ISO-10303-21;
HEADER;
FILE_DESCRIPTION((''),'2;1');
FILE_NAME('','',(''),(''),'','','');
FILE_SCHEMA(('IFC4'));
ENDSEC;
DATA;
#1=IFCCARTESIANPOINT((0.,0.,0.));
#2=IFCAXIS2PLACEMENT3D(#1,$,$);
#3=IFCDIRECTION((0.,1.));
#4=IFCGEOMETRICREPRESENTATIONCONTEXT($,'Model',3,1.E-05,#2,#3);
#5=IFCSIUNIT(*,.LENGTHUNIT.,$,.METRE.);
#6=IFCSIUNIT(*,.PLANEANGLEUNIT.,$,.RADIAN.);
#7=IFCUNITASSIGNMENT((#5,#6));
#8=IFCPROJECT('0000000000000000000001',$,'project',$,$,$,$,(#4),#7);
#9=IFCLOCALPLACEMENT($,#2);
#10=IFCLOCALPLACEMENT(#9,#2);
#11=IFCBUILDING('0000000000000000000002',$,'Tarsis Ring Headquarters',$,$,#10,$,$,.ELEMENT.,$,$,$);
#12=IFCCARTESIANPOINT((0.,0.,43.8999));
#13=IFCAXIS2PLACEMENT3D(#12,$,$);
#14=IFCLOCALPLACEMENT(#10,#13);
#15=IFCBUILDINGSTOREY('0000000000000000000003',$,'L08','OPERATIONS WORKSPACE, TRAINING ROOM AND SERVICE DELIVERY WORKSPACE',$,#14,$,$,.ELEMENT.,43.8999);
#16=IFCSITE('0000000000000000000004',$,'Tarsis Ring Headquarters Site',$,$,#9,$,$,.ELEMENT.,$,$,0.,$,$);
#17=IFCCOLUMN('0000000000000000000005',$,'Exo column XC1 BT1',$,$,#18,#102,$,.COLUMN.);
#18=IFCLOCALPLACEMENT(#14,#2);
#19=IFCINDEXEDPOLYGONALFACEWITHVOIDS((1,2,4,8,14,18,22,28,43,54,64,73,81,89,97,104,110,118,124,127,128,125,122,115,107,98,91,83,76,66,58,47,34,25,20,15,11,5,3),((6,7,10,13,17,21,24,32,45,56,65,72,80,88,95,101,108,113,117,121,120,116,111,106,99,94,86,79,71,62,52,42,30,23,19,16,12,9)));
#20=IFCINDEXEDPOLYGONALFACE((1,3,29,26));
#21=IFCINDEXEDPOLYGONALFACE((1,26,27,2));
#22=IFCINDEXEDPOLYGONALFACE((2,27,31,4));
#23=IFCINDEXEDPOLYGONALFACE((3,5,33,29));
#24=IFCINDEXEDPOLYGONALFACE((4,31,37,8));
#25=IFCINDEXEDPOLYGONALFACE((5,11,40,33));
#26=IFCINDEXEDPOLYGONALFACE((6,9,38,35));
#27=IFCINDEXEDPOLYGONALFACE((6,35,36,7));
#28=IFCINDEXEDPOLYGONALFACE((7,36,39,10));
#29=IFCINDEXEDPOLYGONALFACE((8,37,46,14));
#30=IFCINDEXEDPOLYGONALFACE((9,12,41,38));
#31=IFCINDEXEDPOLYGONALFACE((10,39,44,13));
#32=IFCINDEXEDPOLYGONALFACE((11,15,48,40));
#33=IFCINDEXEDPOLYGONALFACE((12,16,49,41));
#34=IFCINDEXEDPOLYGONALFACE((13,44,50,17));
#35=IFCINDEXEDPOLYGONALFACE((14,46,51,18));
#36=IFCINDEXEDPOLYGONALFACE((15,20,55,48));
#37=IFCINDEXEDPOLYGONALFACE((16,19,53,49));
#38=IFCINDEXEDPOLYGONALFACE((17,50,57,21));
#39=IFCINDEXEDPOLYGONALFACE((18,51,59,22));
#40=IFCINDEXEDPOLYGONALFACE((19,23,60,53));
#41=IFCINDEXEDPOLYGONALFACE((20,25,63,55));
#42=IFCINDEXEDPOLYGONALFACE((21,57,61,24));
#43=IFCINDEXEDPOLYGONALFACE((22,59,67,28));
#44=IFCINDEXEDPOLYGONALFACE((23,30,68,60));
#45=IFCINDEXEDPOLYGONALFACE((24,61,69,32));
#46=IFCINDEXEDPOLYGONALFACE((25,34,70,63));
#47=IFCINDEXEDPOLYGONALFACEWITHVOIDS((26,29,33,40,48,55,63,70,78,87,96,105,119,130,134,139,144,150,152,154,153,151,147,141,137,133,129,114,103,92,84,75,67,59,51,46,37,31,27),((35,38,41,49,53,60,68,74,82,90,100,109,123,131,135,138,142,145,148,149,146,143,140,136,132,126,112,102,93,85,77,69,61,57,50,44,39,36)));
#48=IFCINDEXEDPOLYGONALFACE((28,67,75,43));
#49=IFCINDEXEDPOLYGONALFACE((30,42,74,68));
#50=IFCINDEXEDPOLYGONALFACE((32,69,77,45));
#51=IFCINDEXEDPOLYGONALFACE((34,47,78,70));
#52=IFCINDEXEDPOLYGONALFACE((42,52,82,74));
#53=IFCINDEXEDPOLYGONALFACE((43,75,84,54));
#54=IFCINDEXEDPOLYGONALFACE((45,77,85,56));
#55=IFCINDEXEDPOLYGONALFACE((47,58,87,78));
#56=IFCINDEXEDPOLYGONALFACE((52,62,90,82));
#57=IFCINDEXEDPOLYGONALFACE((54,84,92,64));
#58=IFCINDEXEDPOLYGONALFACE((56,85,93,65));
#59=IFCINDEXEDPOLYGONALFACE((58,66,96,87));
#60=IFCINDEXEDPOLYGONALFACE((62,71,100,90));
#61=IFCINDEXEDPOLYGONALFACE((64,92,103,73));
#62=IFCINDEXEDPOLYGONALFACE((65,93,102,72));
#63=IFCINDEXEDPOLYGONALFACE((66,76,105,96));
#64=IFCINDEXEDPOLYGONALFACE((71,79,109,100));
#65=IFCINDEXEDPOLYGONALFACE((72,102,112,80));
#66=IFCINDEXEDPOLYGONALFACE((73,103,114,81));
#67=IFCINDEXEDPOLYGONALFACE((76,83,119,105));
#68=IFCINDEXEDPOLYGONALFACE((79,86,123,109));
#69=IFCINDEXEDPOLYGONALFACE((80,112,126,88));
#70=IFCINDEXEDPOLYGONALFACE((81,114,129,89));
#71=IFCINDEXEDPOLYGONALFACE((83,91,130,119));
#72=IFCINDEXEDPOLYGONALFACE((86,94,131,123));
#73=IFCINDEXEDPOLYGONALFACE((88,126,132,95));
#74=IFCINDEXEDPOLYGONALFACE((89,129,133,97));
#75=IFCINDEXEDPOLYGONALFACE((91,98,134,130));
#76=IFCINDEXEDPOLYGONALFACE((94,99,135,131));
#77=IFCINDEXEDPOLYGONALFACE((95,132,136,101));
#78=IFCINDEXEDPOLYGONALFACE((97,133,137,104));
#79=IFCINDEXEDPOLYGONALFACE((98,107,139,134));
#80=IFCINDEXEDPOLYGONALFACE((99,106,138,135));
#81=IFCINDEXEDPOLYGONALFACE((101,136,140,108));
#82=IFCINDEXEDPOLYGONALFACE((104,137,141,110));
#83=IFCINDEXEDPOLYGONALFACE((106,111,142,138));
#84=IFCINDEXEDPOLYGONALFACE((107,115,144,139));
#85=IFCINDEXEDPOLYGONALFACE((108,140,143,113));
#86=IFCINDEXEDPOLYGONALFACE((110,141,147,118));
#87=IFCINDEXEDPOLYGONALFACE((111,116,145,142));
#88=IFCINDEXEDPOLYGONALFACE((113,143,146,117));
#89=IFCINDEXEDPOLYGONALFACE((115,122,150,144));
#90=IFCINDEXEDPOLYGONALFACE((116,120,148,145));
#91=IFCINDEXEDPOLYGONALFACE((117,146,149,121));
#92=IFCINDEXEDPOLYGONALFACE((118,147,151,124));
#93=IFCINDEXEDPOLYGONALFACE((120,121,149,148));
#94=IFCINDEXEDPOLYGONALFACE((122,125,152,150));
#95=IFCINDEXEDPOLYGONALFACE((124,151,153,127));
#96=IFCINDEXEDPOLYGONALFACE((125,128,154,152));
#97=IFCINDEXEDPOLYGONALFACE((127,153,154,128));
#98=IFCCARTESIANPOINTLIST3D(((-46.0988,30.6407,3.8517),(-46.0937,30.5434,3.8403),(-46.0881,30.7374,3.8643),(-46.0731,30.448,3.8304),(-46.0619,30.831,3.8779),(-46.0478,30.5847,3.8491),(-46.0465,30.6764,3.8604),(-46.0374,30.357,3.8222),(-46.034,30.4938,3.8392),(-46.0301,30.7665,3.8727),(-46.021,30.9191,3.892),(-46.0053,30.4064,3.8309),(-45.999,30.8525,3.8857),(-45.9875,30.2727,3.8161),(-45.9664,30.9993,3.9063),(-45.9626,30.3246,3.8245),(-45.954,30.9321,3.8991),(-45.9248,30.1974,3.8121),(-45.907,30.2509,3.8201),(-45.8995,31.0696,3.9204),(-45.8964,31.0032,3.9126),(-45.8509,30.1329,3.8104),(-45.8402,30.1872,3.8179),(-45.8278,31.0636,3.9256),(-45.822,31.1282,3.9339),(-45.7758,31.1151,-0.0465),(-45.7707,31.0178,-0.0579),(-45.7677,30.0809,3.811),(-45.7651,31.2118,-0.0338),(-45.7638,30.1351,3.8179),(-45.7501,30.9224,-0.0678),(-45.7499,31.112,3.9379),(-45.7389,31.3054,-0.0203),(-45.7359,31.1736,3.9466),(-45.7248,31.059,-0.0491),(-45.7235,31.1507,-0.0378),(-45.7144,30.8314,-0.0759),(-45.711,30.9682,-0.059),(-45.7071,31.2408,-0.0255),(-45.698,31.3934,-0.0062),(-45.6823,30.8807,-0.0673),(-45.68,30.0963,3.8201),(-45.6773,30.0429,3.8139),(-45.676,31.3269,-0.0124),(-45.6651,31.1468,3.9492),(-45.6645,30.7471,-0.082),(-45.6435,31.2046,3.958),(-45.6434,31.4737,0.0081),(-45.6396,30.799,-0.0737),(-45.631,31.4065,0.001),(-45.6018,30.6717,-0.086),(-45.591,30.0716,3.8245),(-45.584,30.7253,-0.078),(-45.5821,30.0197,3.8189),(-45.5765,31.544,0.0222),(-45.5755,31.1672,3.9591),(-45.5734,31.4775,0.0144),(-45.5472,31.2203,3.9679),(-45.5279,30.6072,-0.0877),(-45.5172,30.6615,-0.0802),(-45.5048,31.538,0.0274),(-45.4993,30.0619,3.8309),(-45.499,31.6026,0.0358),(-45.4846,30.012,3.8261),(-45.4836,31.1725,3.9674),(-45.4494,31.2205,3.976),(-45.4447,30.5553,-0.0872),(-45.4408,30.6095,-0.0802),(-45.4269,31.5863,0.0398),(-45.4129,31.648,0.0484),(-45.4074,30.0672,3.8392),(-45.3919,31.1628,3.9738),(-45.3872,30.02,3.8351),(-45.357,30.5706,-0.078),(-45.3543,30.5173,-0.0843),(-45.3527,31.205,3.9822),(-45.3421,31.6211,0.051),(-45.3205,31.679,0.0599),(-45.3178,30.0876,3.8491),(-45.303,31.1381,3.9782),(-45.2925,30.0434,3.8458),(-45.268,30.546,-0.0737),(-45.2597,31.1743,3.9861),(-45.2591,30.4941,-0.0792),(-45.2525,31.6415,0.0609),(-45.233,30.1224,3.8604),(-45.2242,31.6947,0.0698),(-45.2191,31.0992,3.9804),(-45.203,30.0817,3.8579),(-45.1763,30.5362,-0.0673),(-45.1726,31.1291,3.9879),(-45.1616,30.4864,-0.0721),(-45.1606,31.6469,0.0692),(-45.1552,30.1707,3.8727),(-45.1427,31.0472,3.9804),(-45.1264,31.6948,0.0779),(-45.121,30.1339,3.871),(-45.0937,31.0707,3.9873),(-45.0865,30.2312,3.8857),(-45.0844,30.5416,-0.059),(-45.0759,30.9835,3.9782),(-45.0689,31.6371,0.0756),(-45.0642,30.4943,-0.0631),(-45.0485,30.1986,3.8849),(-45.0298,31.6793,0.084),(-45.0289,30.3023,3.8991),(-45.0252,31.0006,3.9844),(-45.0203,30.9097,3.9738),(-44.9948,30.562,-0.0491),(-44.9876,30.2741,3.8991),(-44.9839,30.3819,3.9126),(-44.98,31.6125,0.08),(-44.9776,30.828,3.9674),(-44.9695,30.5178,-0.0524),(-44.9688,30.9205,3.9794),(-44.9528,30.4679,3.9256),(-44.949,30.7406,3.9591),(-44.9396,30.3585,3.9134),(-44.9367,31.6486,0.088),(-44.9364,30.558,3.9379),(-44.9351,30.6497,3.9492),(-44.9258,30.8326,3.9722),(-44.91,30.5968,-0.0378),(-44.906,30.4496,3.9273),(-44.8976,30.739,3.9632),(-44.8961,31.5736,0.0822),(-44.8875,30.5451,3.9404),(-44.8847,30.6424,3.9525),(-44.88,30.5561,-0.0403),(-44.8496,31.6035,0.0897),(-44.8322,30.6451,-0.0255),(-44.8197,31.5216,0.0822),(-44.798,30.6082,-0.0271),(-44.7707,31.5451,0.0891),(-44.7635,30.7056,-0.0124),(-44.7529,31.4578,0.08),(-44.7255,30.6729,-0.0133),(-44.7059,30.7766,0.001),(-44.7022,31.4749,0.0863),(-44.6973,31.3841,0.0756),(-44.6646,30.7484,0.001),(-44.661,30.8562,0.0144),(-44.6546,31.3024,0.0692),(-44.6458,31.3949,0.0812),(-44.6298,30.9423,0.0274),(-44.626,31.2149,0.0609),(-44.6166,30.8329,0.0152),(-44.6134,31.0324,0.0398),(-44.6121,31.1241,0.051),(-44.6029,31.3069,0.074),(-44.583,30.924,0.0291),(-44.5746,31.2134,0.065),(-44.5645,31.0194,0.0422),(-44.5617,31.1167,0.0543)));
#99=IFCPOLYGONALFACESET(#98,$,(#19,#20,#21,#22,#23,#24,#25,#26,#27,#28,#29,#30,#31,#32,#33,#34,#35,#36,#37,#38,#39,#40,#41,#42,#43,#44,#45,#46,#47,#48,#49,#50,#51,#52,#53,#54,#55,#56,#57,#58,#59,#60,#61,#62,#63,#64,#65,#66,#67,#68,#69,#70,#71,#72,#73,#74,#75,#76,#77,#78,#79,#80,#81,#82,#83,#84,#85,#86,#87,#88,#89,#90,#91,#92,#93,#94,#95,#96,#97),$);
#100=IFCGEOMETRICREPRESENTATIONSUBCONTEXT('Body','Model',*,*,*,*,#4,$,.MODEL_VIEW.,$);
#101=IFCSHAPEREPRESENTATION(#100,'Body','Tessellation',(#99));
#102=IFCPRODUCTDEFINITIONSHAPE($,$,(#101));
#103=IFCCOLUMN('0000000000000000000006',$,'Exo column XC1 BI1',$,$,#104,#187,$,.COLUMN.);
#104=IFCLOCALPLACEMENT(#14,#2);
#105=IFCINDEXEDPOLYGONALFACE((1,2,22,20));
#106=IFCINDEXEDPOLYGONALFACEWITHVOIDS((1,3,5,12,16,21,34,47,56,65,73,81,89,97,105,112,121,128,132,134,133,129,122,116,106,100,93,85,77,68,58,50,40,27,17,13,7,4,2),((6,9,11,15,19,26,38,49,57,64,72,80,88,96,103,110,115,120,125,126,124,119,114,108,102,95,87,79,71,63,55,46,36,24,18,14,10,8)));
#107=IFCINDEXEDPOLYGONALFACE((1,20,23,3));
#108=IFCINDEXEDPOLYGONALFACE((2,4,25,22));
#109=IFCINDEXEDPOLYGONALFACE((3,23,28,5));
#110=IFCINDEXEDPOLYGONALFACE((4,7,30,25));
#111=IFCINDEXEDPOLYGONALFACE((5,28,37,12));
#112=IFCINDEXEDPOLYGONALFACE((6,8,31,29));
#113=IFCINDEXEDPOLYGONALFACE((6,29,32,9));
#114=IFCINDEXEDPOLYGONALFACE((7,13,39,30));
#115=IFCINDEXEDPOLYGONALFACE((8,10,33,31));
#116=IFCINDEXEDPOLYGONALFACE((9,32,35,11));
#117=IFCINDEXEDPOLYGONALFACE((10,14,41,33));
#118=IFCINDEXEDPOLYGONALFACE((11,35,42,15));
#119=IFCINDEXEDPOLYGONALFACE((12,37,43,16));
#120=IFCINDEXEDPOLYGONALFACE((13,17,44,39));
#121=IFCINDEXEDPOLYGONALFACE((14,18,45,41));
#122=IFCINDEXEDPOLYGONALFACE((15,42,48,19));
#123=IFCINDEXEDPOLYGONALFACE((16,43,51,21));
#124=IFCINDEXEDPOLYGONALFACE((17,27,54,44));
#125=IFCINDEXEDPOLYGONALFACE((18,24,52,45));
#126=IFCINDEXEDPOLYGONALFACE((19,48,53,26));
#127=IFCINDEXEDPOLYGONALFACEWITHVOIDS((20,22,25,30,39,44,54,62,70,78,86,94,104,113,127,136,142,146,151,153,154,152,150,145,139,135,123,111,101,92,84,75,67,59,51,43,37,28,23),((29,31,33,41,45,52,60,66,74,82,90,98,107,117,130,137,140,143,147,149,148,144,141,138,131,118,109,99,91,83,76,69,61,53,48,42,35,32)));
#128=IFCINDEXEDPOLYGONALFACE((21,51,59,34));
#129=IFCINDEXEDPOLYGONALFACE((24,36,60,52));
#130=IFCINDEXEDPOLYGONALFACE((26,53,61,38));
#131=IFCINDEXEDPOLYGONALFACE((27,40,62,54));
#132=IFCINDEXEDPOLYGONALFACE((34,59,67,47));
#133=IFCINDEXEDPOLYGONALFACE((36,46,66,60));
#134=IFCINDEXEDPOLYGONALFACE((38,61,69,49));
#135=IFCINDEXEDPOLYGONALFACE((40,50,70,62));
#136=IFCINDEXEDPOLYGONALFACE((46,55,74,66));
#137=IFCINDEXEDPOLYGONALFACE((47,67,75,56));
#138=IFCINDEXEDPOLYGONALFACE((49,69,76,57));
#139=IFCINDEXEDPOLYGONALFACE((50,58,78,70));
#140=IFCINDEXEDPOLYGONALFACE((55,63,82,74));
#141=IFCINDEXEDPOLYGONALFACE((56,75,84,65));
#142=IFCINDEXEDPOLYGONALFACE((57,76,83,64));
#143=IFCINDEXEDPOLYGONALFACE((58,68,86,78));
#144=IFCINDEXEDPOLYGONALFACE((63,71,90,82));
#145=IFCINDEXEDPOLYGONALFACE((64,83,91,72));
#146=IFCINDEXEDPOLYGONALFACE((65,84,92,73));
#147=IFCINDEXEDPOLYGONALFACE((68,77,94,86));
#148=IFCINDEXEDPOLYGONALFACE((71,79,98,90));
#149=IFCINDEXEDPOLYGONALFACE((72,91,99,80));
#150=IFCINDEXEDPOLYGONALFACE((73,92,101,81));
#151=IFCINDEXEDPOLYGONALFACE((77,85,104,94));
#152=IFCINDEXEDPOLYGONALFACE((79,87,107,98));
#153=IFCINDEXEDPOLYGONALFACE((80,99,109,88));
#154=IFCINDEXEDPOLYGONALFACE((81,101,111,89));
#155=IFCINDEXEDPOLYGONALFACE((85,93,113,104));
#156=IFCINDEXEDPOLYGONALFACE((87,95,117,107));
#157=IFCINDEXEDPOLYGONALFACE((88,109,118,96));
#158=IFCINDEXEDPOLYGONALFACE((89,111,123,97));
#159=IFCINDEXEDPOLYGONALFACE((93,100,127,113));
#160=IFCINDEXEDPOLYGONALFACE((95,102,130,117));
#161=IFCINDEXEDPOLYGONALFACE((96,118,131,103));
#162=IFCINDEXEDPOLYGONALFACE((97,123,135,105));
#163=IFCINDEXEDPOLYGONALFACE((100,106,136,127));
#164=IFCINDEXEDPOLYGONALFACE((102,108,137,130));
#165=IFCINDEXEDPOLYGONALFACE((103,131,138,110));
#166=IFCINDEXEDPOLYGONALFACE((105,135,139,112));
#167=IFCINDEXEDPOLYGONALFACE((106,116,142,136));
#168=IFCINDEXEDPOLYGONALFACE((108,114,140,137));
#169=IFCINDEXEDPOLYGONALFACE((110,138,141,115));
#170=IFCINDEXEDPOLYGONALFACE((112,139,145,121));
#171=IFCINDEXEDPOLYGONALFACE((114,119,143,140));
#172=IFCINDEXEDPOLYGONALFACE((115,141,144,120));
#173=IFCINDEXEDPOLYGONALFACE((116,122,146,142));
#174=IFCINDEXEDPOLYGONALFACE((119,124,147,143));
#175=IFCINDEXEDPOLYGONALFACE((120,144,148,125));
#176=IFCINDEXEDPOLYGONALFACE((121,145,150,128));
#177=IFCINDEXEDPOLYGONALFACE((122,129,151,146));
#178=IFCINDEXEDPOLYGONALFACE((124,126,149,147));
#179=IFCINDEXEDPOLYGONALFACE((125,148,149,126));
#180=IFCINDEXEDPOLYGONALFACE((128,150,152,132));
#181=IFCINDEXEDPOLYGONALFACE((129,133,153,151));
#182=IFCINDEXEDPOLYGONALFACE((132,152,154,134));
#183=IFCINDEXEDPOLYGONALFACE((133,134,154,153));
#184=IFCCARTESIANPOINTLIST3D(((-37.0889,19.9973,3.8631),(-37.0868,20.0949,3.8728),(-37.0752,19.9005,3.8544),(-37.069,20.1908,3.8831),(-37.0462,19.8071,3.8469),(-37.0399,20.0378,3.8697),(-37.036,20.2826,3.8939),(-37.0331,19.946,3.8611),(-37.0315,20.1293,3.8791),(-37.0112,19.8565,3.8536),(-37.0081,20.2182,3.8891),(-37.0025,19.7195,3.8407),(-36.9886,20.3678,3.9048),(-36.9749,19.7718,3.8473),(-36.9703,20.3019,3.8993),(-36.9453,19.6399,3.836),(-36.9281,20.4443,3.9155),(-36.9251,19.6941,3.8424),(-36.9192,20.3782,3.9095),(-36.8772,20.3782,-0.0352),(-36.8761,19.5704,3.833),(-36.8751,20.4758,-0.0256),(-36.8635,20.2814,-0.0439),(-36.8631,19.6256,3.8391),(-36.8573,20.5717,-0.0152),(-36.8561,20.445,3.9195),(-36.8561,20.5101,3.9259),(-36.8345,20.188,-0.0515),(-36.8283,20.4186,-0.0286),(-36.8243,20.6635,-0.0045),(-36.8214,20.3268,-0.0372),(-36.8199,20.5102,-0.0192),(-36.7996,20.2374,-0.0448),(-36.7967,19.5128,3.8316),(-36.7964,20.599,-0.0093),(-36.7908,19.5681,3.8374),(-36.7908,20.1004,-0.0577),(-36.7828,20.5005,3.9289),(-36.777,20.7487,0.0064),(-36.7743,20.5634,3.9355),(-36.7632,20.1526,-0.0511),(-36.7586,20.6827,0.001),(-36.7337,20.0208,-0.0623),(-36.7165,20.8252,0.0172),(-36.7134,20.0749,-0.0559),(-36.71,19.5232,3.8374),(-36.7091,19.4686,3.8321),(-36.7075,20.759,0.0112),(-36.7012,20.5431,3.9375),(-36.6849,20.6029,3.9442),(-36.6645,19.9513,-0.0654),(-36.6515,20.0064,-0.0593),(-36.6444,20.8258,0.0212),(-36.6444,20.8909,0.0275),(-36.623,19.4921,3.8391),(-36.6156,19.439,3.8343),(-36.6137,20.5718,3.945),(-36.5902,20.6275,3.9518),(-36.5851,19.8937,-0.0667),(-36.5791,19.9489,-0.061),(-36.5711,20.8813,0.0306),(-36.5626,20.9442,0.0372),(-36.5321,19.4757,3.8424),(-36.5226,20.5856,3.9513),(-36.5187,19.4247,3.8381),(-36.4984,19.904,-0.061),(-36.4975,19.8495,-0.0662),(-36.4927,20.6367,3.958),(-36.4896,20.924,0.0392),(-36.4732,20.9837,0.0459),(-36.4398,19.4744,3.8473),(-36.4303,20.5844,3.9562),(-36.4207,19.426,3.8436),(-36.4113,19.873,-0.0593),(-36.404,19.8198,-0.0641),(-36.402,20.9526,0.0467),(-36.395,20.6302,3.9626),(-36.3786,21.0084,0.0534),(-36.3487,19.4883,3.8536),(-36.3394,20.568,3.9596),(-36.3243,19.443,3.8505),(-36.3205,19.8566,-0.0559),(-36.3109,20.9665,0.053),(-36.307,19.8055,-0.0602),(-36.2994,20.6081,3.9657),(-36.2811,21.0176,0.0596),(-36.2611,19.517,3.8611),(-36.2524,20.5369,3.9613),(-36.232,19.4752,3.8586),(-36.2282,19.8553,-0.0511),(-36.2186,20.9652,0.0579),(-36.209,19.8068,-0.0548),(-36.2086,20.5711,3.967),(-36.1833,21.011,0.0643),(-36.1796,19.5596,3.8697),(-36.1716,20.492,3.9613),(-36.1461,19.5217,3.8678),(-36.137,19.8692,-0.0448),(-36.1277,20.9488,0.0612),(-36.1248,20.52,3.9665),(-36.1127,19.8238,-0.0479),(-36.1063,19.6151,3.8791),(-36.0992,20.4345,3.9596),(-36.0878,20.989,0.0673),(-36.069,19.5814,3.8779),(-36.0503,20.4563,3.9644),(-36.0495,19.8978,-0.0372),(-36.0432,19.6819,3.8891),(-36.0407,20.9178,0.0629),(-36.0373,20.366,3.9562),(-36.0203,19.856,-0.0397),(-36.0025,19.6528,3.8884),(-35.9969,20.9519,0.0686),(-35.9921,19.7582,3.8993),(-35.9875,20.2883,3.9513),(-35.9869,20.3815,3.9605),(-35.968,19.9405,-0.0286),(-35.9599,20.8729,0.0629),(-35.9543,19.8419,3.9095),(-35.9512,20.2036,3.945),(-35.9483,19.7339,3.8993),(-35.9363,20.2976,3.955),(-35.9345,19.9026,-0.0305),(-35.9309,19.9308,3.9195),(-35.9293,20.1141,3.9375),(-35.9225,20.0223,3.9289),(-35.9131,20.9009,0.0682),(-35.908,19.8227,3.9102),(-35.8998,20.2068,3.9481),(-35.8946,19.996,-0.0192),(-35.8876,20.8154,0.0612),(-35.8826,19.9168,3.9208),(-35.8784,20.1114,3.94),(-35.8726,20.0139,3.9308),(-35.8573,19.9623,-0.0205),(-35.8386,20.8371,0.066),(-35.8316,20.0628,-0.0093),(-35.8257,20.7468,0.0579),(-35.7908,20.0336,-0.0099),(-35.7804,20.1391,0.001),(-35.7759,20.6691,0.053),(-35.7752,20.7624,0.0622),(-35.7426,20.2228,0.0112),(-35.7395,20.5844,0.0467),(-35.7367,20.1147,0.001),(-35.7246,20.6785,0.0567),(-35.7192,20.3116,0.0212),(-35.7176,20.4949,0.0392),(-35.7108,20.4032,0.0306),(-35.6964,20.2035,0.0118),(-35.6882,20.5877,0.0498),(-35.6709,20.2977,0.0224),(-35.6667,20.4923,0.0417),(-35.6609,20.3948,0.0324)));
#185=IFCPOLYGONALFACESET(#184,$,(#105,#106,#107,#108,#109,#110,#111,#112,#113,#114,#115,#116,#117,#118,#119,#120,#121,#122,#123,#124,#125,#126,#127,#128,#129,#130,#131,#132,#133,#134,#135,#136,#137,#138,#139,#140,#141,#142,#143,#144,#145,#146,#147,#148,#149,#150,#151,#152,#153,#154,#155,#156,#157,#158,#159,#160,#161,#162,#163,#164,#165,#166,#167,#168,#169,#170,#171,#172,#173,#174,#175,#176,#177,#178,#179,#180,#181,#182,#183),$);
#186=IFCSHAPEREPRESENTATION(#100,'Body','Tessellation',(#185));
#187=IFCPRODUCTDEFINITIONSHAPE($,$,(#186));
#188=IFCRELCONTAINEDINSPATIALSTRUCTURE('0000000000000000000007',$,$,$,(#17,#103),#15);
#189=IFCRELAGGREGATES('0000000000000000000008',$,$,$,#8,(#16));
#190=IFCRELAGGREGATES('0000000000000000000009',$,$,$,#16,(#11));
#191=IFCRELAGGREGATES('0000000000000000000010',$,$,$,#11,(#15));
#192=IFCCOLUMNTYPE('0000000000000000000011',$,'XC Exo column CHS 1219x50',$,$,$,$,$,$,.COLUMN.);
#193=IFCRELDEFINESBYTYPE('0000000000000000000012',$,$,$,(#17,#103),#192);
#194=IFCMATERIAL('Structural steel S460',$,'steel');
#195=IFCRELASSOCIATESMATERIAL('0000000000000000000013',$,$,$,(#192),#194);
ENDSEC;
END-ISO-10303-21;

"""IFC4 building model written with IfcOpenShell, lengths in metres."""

from ifc_helpers import new_model, si_unit, direction, frame, origin, origin_2d, place, context, subcontext, project, spatial, hollow_circle, extrude, material, material_profile, profile_set, type_object, element, save


model = new_model("IFC4")

# Units and contexts
model_context = context("Model", 3, precision=1e-05, world=origin(), true_north=direction((0.0, 1.0)))
body_context = subcontext(model_context, "Body", "Model", "MODEL_VIEW")
ifc_project = project(units=[si_unit("LENGTHUNIT", "METRE"), si_unit("PLANEANGLEUNIT", "RADIAN")], contexts=[model_context])

# Site, building, storey
site_placement = place(None, origin())
site = spatial("IfcSite", under=ifc_project, at=site_placement, Name="Tarsis Ring Headquarters Site", CompositionType="ELEMENT", RefElevation=0.0)
building_placement = place(site_placement, origin())
building = spatial("IfcBuilding", under=site, at=building_placement, Name="Tarsis Ring Headquarters", CompositionType="ELEMENT")
storey_placement = place(building_placement, frame((0.0, 0.0, 43.8999)))
storey = spatial("IfcBuildingStorey", under=building, at=storey_placement, Name="L08", Description="OPERATIONS WORKSPACE, TRAINING ROOM AND SERVICE DELIVERY WORKSPACE", CompositionType="ELEMENT", Elevation=43.8999)

# Columns
ifc_material_1 = material(Name="Structural steel S460", Category="steel")
ifc_material_profile_1 = material_profile(ifc_material_1, hollow_circle(Radius=0.6096, WallThickness=0.05, at=origin_2d()), Name="CHS 1219x50")
ifc_profile_set_1 = profile_set([ifc_material_profile_1], Name="Structural steel S460")
column_type = type_object("IfcColumnType", Name="XC Exo column CHS 1219x50", PredefinedType="COLUMN", material=ifc_profile_set_1)
column_1_placement = place(storey_placement, frame((-45.1685, 31.0916, 0.001), z_axis=(-0.081975, -0.120391, 0.989336), x_axis=(0.826578, -0.562822, 0.0)))
element("IfcColumn", 1, at=column_1_placement, inside=storey, type_object=column_type, Name="Exo column XC1 BT1", PredefinedType="COLUMN", context=body_context, shape_type="SweptSolid", body=[
    extrude(hollow_circle(Radius=0.6096, WallThickness=0.05, at=origin_2d()), origin(), (0.0, 0.0, 1.0), 3.9402),
])
column_2_placement = place(storey_placement, frame((-36.2695, 20.4109, 0.001), z_axis=(-0.05396, -0.097091, 0.993812), x_axis=(0.874078, -0.485786, 0.0)))
element("IfcColumn", 2, at=column_2_placement, inside=storey, type_object=column_type, Name="Exo column XC1 BI1", PredefinedType="COLUMN", context=body_context, shape_type="SweptSolid", body=[
    extrude(hollow_circle(Radius=0.6096, WallThickness=0.05, at=origin_2d()), origin(), (0.0, 0.0, 1.0), 3.9226),
])

save(model, "model.ifc")
